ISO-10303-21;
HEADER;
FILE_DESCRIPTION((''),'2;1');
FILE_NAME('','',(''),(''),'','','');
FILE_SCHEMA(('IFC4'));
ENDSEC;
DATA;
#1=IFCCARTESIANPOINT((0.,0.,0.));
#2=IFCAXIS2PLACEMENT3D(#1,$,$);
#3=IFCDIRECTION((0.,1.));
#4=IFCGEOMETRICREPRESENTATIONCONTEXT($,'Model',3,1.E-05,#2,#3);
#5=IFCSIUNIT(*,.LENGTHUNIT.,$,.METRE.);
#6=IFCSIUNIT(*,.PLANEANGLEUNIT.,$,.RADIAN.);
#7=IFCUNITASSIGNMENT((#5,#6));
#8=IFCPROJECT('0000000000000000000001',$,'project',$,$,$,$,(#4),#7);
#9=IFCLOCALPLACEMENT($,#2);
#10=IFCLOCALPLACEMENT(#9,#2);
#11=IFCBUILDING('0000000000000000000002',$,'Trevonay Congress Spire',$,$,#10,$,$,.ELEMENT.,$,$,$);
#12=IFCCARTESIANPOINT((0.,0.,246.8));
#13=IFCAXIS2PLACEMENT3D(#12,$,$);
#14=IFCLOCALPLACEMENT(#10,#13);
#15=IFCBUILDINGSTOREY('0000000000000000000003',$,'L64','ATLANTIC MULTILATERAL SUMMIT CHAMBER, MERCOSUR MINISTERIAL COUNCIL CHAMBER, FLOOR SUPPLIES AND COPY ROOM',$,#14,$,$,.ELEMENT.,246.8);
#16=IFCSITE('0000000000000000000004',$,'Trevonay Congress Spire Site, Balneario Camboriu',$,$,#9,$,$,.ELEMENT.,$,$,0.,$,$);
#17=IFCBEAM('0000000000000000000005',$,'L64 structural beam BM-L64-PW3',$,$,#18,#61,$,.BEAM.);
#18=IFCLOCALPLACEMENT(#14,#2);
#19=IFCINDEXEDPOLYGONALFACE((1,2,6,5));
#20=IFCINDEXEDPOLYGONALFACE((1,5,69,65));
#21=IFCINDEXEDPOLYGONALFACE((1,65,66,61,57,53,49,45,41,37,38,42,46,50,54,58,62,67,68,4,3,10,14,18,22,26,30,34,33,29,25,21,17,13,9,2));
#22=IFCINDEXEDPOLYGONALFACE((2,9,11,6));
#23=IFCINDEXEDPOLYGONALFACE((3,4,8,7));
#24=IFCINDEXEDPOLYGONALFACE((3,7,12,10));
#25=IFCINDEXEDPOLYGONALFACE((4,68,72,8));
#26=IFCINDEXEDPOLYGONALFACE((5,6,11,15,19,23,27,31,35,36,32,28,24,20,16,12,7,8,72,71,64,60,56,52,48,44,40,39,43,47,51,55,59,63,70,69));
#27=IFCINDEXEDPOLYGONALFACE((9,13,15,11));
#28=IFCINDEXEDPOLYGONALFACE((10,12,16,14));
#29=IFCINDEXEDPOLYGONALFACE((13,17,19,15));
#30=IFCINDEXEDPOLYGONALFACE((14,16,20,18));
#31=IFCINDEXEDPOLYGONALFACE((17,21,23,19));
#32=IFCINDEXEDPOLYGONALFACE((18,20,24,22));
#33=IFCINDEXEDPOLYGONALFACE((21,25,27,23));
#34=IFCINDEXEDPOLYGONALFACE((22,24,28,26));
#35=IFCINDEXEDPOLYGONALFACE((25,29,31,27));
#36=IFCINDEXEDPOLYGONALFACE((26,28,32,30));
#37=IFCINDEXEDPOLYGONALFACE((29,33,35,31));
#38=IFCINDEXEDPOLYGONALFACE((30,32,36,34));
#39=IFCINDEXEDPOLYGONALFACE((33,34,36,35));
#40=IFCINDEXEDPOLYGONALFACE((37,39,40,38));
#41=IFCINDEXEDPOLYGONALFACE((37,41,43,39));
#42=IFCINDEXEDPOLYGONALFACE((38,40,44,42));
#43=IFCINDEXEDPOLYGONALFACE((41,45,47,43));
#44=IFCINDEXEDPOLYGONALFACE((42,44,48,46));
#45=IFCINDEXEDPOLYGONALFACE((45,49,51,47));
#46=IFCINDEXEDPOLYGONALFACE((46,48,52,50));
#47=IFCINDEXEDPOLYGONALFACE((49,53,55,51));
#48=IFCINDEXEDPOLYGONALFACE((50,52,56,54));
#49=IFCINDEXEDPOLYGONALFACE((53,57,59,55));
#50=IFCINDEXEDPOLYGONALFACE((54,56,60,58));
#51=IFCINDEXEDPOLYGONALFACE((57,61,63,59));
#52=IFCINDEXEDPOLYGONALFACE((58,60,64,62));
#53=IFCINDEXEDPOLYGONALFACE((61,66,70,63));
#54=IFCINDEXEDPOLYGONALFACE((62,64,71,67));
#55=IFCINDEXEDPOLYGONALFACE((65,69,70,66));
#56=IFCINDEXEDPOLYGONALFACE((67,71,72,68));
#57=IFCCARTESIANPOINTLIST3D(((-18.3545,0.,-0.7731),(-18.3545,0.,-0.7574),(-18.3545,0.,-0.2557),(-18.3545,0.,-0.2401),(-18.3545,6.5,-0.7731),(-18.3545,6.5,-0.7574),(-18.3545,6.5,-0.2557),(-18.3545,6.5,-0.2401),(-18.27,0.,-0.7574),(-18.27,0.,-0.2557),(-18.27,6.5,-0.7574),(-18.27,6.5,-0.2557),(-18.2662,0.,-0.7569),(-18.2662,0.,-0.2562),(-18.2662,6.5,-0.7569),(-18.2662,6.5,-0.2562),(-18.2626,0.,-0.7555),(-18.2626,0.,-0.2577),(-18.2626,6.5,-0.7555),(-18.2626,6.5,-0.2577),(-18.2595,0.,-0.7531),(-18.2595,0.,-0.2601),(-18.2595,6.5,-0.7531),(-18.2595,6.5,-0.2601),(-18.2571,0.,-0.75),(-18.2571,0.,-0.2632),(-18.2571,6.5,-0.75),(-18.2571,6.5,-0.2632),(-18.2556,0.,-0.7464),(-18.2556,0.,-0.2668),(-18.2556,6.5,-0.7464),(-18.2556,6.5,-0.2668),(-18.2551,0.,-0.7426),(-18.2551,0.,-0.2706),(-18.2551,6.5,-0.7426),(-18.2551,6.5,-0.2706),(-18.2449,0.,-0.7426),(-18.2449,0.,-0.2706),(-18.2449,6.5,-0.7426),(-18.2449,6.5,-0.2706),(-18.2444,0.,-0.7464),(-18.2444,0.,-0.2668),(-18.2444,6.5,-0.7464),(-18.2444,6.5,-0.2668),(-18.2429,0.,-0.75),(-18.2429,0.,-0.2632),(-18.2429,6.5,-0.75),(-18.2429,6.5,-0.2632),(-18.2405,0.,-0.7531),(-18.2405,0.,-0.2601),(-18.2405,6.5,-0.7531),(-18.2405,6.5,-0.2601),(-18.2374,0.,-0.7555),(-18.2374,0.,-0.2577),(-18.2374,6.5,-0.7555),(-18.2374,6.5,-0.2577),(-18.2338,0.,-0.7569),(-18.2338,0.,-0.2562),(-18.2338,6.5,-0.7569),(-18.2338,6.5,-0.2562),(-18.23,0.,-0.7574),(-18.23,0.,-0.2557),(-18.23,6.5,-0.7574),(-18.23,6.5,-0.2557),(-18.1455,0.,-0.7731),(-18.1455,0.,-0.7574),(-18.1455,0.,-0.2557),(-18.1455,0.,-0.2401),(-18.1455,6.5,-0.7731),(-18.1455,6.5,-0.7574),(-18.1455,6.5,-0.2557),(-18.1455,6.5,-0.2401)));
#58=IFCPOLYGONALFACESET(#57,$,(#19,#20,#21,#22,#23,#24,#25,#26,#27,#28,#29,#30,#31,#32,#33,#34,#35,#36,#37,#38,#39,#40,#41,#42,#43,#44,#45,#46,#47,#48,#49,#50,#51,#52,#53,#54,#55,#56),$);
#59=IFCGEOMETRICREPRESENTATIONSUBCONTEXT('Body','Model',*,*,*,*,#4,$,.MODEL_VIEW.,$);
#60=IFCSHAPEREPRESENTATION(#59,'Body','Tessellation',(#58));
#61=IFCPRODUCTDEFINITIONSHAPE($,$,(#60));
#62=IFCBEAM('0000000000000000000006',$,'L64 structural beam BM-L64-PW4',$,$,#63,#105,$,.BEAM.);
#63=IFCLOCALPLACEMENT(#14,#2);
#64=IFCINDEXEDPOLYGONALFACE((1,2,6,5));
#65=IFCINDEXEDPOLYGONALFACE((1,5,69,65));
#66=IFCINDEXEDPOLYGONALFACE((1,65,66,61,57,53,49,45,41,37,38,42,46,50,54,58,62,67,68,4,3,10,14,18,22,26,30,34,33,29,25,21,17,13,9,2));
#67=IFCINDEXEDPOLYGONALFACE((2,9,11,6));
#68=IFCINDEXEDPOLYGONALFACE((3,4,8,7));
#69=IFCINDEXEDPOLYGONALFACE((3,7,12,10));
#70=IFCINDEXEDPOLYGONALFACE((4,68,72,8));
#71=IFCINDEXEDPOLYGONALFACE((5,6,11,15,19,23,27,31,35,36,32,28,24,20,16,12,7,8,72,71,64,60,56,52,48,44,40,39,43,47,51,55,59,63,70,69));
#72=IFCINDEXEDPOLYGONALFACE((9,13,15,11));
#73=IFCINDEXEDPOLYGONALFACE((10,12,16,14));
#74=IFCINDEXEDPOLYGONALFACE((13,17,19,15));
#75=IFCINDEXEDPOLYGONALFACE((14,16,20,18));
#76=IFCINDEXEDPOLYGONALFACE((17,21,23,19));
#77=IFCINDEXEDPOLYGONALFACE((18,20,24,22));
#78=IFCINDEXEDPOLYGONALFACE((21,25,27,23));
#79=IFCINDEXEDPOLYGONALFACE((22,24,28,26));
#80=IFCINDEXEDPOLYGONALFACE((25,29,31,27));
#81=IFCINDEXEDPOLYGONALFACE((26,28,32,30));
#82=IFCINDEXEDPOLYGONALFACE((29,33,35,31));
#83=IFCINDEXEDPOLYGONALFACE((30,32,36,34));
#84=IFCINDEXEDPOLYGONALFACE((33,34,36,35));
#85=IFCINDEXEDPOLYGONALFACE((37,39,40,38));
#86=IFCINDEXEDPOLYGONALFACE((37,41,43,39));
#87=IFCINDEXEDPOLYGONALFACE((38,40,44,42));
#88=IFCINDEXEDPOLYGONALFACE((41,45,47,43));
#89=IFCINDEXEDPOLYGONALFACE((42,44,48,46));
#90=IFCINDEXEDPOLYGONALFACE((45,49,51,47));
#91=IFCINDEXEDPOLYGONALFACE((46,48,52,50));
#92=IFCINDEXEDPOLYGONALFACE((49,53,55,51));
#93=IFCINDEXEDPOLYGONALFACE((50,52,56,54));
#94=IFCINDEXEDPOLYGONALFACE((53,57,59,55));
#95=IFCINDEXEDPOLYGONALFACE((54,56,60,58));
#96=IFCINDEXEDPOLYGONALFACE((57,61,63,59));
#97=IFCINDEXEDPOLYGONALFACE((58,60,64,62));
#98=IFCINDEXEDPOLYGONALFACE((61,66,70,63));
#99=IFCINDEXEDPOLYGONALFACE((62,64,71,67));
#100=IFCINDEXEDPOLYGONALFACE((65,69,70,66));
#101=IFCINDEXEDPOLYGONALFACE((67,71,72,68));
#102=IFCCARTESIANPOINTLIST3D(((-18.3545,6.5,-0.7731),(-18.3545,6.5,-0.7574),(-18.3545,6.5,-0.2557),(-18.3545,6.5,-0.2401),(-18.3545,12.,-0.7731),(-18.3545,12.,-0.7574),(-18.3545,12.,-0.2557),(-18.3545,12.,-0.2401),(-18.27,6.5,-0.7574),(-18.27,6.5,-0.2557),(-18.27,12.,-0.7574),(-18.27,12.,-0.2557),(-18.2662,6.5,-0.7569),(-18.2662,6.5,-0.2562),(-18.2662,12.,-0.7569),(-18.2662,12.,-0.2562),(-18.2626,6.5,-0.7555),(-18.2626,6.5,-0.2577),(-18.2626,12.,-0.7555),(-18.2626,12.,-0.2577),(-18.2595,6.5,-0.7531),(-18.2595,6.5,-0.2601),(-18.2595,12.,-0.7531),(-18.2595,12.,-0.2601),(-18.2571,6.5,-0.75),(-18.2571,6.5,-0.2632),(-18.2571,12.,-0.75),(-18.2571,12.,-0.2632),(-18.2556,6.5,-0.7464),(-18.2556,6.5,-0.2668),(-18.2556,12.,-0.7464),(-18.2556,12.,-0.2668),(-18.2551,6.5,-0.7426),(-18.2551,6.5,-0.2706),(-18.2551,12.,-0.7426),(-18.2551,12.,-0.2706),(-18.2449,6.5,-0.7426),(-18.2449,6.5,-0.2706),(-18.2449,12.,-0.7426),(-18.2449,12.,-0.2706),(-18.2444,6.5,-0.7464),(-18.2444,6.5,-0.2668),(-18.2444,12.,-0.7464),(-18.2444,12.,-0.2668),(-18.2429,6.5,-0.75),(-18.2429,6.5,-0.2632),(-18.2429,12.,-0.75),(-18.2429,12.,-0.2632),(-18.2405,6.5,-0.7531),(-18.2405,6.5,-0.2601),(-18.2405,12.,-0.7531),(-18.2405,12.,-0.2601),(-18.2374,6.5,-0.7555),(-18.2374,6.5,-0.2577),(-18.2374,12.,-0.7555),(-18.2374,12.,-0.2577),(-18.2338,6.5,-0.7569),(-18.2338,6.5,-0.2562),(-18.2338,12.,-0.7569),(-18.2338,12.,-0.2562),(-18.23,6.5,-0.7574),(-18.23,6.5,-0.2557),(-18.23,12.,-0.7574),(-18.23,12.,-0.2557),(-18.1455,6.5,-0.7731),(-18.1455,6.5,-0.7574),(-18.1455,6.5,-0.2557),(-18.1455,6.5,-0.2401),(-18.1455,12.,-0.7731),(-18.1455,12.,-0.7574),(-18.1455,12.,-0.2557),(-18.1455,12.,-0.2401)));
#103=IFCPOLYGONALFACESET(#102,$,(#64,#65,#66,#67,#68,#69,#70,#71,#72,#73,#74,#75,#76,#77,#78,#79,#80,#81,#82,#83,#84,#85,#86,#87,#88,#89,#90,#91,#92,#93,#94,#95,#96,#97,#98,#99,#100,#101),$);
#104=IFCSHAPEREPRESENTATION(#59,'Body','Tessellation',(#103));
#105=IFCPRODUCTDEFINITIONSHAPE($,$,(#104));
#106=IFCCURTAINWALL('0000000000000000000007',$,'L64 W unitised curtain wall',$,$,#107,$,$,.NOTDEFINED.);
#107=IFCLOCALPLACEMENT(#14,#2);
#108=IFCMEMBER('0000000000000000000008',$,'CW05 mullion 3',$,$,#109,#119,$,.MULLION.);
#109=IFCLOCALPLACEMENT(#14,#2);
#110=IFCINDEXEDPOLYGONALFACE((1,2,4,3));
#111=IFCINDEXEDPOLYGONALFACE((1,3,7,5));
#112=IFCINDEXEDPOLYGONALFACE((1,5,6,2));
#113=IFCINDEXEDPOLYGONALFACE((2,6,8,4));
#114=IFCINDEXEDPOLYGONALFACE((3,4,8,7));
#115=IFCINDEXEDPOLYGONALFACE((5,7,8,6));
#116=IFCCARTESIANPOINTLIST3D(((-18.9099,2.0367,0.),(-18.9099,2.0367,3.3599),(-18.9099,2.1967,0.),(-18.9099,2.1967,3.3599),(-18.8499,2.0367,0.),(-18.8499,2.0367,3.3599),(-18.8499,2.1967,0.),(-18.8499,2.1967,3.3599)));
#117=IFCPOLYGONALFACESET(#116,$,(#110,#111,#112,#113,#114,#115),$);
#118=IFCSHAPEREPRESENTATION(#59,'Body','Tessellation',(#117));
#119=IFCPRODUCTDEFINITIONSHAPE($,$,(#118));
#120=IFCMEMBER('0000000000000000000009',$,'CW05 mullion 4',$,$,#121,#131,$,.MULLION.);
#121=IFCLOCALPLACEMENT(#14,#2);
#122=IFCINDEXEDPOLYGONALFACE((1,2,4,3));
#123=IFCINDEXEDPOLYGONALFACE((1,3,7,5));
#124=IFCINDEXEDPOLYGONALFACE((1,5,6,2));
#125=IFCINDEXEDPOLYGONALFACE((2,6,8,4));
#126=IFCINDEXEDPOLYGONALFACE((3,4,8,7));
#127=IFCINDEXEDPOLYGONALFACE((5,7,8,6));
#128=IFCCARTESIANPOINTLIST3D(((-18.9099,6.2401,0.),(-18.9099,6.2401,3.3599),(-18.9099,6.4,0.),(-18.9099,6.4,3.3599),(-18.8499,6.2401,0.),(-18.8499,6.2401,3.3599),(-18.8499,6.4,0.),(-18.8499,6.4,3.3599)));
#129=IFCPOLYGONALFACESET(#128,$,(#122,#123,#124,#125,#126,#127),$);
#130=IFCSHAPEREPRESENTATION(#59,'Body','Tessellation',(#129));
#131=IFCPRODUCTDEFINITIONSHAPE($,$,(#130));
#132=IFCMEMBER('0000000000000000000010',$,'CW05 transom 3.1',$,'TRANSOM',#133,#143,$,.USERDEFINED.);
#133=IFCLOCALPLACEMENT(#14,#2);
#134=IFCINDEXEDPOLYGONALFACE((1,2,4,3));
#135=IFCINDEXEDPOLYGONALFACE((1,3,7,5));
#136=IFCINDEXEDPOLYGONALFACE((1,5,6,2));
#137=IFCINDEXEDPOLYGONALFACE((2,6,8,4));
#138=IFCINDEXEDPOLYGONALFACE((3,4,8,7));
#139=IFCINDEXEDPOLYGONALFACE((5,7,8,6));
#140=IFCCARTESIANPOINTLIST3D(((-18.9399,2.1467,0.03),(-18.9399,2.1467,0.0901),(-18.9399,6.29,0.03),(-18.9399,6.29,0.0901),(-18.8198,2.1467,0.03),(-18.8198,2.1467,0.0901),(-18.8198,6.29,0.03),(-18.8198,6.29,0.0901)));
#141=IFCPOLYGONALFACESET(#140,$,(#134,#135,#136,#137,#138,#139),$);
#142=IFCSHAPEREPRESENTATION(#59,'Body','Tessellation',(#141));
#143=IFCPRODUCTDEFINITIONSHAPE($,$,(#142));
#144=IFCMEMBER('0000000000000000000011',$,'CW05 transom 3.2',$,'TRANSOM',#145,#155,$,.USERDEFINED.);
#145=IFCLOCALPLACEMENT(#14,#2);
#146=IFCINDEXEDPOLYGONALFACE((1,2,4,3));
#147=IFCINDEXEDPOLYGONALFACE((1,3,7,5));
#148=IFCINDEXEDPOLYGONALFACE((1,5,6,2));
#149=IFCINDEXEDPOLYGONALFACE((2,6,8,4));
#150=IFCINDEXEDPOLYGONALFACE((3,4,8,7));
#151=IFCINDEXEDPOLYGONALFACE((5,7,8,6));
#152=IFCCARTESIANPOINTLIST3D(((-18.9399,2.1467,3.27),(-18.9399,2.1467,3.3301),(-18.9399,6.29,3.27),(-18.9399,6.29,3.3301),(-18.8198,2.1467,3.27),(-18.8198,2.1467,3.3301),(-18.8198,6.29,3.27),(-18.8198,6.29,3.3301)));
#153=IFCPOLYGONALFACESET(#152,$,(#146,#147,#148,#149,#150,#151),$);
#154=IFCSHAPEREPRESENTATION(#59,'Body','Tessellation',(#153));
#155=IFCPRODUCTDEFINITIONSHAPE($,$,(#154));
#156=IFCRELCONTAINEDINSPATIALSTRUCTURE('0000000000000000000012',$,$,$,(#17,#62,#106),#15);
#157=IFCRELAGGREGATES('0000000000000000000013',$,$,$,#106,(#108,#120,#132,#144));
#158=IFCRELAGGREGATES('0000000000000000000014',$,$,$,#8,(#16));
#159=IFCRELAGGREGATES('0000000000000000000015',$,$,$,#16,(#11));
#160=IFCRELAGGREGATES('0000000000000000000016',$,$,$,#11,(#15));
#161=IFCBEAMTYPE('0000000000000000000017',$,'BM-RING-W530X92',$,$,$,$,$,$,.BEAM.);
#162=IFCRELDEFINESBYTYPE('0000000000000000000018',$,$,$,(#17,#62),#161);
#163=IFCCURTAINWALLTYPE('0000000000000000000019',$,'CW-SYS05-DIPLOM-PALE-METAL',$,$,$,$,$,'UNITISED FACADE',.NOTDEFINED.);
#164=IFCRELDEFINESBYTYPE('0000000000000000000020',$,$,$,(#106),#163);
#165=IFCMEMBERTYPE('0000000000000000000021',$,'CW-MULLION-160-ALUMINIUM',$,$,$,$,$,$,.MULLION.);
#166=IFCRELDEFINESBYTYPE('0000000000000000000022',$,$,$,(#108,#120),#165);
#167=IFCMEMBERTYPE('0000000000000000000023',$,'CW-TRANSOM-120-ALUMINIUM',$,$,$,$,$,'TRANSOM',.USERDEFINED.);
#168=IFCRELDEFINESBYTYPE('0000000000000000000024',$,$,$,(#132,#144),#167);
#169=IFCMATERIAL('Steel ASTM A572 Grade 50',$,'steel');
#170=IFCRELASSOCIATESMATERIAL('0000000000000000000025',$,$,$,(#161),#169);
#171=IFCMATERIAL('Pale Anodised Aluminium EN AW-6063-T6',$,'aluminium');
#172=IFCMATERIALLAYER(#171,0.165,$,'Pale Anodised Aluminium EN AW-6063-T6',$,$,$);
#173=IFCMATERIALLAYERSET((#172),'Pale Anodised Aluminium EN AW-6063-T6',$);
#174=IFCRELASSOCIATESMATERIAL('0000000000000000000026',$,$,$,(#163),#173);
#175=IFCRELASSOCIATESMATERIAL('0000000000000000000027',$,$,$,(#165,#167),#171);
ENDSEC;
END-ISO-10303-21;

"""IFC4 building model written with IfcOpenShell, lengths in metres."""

from ifc_helpers import new_model, si_unit, direction, frame, origin, origin_2d, place, context, subcontext, project, spatial, rectangle, i_section, extrude, material, layer, layer_set, material_profile, profile_set, type_object, element, aggregate, save


model = new_model("IFC4")

# Units and contexts
model_context = context("Model", 3, precision=1e-05, world=origin(), true_north=direction((0.0, 1.0)))
body_context = subcontext(model_context, "Body", "Model", "MODEL_VIEW")
ifc_project = project(units=[si_unit("LENGTHUNIT", "METRE"), si_unit("PLANEANGLEUNIT", "RADIAN")], contexts=[model_context])

# Site, building, storey
site_placement = place(None, origin())
site = spatial("IfcSite", under=ifc_project, at=site_placement, Name="Trevonay Congress Spire Site, Balneario Camboriu", CompositionType="ELEMENT", RefElevation=0.0)
building_placement = place(site_placement, origin())
building = spatial("IfcBuilding", under=site, at=building_placement, Name="Trevonay Congress Spire", CompositionType="ELEMENT")
storey_placement = place(building_placement, frame((0.0, 0.0, 246.8)))
storey = spatial("IfcBuildingStorey", under=building, at=storey_placement, Name="L64", Description="ATLANTIC MULTILATERAL SUMMIT CHAMBER, MERCOSUR MINISTERIAL COUNCIL CHAMBER, FLOOR SUPPLIES AND COPY ROOM", CompositionType="ELEMENT", Elevation=246.8)

# Shared definitions
ifc_material_1 = material(Name="Steel ASTM A572 Grade 50", Category="steel")

# Beams
ifc_material_profile_1 = material_profile(ifc_material_1, i_section(OverallWidth=0.209, OverallDepth=0.533, WebThickness=0.0103, FlangeThickness=0.0156, FilletRadius=0.0149, at=origin_2d()), Name="W530x92")
ifc_profile_set_1 = profile_set([ifc_material_profile_1], Name="Steel ASTM A572 Grade 50")
beam_type_1 = type_object("IfcBeamType", Name="BM-RING-W530X92", PredefinedType="BEAM", material=ifc_profile_set_1)
beam_1_placement = place(storey_placement, frame((-18.25, 0.0, -0.5066), z_axis=(0.0, 1.0, 0.0), x_axis=(-1.0, 0.0, 0.0)))
element("IfcBeam", 1, at=beam_1_placement, inside=storey, type_object=beam_type_1, Name="L64 structural beam BM-L64-PW3", PredefinedType="BEAM", context=body_context, shape_type="SweptSolid", body=[
    extrude(i_section(OverallWidth=0.209, OverallDepth=0.533, WebThickness=0.0103, FlangeThickness=0.0156, FilletRadius=0.0149, at=origin_2d()), origin(), (0.0, 0.0, 1.0), 6.5),
])
beam_2_placement = place(storey_placement, frame((-18.25, 6.5, -0.5066), z_axis=(0.0, 1.0, 0.0), x_axis=(-1.0, 0.0, 0.0)))
element("IfcBeam", 2, at=beam_2_placement, inside=storey, type_object=beam_type_1, Name="L64 structural beam BM-L64-PW4", PredefinedType="BEAM", context=body_context, shape_type="SweptSolid", body=[
    extrude(i_section(OverallWidth=0.209, OverallDepth=0.533, WebThickness=0.0103, FlangeThickness=0.0156, FilletRadius=0.0149, at=origin_2d()), origin(), (0.0, 0.0, 1.0), 5.5),
])

# Curtain wall, members
ifc_material_2 = material(Name="Pale Anodised Aluminium EN AW-6063-T6", Category="aluminium")
ifc_layer_1 = layer(ifc_material_2, 0.165, Name="Pale Anodised Aluminium EN AW-6063-T6")
ifc_layer_set_1 = layer_set([ifc_layer_1], Name="Pale Anodised Aluminium EN AW-6063-T6")
curtain_wall_type = type_object("IfcCurtainWallType", Name="CW-SYS05-DIPLOM-PALE-METAL", ElementType="UNITISED FACADE", PredefinedType="NOTDEFINED", material=ifc_layer_set_1)
curtain_wall_placement = place(storey_placement, origin())
curtain_wall = element("IfcCurtainWall", 3, at=curtain_wall_placement, inside=storey, type_object=curtain_wall_type, Name="L64 W unitised curtain wall", PredefinedType="NOTDEFINED")
ifc_material_profile_2 = material_profile(ifc_material_2, rectangle(XDim=0.0601, YDim=0.1599, at=origin_2d()), Name="CW-MULLION-160-ALUMINIUM")
ifc_profile_set_2 = profile_set([ifc_material_profile_2], Name="Pale Anodised Aluminium EN AW-6063-T6")
member_type_1 = type_object("IfcMemberType", Name="CW-MULLION-160-ALUMINIUM", PredefinedType="MULLION", material=ifc_profile_set_2)
member_1_placement = place(storey_placement, frame((-18.8799, 2.1167, 0.0), z_axis=(0.0, 0.0, 1.0), x_axis=(-1.0, 0.0, 0.0)))
member_1 = element("IfcMember", 4, at=member_1_placement, type_object=member_type_1, Name="CW05 mullion 3", PredefinedType="MULLION", context=body_context, shape_type="SweptSolid", body=[
    extrude(rectangle(XDim=0.0601, YDim=0.1599, at=origin_2d()), origin(), (0.0, 0.0, 1.0), 3.3599),
])
member_2_placement = place(storey_placement, frame((-18.8799, 6.3201, 0.0), z_axis=(0.0, 0.0, 1.0), x_axis=(-1.0, 0.0, 0.0)))
member_2 = element("IfcMember", 5, at=member_2_placement, type_object=member_type_1, Name="CW05 mullion 4", PredefinedType="MULLION", context=body_context, shape_type="SweptSolid", body=[
    extrude(rectangle(XDim=0.0601, YDim=0.1599, at=origin_2d()), origin(), (0.0, 0.0, 1.0), 3.3599),
])
ifc_material_profile_3 = material_profile(ifc_material_2, rectangle(XDim=0.1201, YDim=0.0601, at=origin_2d()), Name="CW-TRANSOM-120-ALUMINIUM")
ifc_profile_set_3 = profile_set([ifc_material_profile_3], Name="Pale Anodised Aluminium EN AW-6063-T6")
member_type_2 = type_object("IfcMemberType", Name="CW-TRANSOM-120-ALUMINIUM", ElementType="TRANSOM", PredefinedType="USERDEFINED", material=ifc_profile_set_3)
member_3_placement = place(storey_placement, frame((-18.8799, 2.1467, 0.0601), z_axis=(0.0, 1.0, 0.0), x_axis=(-1.0, 0.0, 0.0)))
member_3 = element("IfcMember", 6, at=member_3_placement, type_object=member_type_2, Name="CW05 transom 3.1", ObjectType="TRANSOM", PredefinedType="USERDEFINED", context=body_context, shape_type="SweptSolid", body=[
    extrude(rectangle(XDim=0.1201, YDim=0.0601, at=origin_2d()), origin(), (0.0, 0.0, 1.0), 4.1433),
])
member_4_placement = place(storey_placement, frame((-18.8799, 2.1467, 3.3), z_axis=(0.0, 1.0, 0.0), x_axis=(-1.0, 0.0, 0.0)))
member_4 = element("IfcMember", 7, at=member_4_placement, type_object=member_type_2, Name="CW05 transom 3.2", ObjectType="TRANSOM", PredefinedType="USERDEFINED", context=body_context, shape_type="SweptSolid", body=[
    extrude(rectangle(XDim=0.1201, YDim=0.0601, at=origin_2d()), origin(), (0.0, 0.0, 1.0), 4.1433),
])

aggregate(curtain_wall, [member_1, member_2, member_3, member_4])

save(model, "model.ifc")
